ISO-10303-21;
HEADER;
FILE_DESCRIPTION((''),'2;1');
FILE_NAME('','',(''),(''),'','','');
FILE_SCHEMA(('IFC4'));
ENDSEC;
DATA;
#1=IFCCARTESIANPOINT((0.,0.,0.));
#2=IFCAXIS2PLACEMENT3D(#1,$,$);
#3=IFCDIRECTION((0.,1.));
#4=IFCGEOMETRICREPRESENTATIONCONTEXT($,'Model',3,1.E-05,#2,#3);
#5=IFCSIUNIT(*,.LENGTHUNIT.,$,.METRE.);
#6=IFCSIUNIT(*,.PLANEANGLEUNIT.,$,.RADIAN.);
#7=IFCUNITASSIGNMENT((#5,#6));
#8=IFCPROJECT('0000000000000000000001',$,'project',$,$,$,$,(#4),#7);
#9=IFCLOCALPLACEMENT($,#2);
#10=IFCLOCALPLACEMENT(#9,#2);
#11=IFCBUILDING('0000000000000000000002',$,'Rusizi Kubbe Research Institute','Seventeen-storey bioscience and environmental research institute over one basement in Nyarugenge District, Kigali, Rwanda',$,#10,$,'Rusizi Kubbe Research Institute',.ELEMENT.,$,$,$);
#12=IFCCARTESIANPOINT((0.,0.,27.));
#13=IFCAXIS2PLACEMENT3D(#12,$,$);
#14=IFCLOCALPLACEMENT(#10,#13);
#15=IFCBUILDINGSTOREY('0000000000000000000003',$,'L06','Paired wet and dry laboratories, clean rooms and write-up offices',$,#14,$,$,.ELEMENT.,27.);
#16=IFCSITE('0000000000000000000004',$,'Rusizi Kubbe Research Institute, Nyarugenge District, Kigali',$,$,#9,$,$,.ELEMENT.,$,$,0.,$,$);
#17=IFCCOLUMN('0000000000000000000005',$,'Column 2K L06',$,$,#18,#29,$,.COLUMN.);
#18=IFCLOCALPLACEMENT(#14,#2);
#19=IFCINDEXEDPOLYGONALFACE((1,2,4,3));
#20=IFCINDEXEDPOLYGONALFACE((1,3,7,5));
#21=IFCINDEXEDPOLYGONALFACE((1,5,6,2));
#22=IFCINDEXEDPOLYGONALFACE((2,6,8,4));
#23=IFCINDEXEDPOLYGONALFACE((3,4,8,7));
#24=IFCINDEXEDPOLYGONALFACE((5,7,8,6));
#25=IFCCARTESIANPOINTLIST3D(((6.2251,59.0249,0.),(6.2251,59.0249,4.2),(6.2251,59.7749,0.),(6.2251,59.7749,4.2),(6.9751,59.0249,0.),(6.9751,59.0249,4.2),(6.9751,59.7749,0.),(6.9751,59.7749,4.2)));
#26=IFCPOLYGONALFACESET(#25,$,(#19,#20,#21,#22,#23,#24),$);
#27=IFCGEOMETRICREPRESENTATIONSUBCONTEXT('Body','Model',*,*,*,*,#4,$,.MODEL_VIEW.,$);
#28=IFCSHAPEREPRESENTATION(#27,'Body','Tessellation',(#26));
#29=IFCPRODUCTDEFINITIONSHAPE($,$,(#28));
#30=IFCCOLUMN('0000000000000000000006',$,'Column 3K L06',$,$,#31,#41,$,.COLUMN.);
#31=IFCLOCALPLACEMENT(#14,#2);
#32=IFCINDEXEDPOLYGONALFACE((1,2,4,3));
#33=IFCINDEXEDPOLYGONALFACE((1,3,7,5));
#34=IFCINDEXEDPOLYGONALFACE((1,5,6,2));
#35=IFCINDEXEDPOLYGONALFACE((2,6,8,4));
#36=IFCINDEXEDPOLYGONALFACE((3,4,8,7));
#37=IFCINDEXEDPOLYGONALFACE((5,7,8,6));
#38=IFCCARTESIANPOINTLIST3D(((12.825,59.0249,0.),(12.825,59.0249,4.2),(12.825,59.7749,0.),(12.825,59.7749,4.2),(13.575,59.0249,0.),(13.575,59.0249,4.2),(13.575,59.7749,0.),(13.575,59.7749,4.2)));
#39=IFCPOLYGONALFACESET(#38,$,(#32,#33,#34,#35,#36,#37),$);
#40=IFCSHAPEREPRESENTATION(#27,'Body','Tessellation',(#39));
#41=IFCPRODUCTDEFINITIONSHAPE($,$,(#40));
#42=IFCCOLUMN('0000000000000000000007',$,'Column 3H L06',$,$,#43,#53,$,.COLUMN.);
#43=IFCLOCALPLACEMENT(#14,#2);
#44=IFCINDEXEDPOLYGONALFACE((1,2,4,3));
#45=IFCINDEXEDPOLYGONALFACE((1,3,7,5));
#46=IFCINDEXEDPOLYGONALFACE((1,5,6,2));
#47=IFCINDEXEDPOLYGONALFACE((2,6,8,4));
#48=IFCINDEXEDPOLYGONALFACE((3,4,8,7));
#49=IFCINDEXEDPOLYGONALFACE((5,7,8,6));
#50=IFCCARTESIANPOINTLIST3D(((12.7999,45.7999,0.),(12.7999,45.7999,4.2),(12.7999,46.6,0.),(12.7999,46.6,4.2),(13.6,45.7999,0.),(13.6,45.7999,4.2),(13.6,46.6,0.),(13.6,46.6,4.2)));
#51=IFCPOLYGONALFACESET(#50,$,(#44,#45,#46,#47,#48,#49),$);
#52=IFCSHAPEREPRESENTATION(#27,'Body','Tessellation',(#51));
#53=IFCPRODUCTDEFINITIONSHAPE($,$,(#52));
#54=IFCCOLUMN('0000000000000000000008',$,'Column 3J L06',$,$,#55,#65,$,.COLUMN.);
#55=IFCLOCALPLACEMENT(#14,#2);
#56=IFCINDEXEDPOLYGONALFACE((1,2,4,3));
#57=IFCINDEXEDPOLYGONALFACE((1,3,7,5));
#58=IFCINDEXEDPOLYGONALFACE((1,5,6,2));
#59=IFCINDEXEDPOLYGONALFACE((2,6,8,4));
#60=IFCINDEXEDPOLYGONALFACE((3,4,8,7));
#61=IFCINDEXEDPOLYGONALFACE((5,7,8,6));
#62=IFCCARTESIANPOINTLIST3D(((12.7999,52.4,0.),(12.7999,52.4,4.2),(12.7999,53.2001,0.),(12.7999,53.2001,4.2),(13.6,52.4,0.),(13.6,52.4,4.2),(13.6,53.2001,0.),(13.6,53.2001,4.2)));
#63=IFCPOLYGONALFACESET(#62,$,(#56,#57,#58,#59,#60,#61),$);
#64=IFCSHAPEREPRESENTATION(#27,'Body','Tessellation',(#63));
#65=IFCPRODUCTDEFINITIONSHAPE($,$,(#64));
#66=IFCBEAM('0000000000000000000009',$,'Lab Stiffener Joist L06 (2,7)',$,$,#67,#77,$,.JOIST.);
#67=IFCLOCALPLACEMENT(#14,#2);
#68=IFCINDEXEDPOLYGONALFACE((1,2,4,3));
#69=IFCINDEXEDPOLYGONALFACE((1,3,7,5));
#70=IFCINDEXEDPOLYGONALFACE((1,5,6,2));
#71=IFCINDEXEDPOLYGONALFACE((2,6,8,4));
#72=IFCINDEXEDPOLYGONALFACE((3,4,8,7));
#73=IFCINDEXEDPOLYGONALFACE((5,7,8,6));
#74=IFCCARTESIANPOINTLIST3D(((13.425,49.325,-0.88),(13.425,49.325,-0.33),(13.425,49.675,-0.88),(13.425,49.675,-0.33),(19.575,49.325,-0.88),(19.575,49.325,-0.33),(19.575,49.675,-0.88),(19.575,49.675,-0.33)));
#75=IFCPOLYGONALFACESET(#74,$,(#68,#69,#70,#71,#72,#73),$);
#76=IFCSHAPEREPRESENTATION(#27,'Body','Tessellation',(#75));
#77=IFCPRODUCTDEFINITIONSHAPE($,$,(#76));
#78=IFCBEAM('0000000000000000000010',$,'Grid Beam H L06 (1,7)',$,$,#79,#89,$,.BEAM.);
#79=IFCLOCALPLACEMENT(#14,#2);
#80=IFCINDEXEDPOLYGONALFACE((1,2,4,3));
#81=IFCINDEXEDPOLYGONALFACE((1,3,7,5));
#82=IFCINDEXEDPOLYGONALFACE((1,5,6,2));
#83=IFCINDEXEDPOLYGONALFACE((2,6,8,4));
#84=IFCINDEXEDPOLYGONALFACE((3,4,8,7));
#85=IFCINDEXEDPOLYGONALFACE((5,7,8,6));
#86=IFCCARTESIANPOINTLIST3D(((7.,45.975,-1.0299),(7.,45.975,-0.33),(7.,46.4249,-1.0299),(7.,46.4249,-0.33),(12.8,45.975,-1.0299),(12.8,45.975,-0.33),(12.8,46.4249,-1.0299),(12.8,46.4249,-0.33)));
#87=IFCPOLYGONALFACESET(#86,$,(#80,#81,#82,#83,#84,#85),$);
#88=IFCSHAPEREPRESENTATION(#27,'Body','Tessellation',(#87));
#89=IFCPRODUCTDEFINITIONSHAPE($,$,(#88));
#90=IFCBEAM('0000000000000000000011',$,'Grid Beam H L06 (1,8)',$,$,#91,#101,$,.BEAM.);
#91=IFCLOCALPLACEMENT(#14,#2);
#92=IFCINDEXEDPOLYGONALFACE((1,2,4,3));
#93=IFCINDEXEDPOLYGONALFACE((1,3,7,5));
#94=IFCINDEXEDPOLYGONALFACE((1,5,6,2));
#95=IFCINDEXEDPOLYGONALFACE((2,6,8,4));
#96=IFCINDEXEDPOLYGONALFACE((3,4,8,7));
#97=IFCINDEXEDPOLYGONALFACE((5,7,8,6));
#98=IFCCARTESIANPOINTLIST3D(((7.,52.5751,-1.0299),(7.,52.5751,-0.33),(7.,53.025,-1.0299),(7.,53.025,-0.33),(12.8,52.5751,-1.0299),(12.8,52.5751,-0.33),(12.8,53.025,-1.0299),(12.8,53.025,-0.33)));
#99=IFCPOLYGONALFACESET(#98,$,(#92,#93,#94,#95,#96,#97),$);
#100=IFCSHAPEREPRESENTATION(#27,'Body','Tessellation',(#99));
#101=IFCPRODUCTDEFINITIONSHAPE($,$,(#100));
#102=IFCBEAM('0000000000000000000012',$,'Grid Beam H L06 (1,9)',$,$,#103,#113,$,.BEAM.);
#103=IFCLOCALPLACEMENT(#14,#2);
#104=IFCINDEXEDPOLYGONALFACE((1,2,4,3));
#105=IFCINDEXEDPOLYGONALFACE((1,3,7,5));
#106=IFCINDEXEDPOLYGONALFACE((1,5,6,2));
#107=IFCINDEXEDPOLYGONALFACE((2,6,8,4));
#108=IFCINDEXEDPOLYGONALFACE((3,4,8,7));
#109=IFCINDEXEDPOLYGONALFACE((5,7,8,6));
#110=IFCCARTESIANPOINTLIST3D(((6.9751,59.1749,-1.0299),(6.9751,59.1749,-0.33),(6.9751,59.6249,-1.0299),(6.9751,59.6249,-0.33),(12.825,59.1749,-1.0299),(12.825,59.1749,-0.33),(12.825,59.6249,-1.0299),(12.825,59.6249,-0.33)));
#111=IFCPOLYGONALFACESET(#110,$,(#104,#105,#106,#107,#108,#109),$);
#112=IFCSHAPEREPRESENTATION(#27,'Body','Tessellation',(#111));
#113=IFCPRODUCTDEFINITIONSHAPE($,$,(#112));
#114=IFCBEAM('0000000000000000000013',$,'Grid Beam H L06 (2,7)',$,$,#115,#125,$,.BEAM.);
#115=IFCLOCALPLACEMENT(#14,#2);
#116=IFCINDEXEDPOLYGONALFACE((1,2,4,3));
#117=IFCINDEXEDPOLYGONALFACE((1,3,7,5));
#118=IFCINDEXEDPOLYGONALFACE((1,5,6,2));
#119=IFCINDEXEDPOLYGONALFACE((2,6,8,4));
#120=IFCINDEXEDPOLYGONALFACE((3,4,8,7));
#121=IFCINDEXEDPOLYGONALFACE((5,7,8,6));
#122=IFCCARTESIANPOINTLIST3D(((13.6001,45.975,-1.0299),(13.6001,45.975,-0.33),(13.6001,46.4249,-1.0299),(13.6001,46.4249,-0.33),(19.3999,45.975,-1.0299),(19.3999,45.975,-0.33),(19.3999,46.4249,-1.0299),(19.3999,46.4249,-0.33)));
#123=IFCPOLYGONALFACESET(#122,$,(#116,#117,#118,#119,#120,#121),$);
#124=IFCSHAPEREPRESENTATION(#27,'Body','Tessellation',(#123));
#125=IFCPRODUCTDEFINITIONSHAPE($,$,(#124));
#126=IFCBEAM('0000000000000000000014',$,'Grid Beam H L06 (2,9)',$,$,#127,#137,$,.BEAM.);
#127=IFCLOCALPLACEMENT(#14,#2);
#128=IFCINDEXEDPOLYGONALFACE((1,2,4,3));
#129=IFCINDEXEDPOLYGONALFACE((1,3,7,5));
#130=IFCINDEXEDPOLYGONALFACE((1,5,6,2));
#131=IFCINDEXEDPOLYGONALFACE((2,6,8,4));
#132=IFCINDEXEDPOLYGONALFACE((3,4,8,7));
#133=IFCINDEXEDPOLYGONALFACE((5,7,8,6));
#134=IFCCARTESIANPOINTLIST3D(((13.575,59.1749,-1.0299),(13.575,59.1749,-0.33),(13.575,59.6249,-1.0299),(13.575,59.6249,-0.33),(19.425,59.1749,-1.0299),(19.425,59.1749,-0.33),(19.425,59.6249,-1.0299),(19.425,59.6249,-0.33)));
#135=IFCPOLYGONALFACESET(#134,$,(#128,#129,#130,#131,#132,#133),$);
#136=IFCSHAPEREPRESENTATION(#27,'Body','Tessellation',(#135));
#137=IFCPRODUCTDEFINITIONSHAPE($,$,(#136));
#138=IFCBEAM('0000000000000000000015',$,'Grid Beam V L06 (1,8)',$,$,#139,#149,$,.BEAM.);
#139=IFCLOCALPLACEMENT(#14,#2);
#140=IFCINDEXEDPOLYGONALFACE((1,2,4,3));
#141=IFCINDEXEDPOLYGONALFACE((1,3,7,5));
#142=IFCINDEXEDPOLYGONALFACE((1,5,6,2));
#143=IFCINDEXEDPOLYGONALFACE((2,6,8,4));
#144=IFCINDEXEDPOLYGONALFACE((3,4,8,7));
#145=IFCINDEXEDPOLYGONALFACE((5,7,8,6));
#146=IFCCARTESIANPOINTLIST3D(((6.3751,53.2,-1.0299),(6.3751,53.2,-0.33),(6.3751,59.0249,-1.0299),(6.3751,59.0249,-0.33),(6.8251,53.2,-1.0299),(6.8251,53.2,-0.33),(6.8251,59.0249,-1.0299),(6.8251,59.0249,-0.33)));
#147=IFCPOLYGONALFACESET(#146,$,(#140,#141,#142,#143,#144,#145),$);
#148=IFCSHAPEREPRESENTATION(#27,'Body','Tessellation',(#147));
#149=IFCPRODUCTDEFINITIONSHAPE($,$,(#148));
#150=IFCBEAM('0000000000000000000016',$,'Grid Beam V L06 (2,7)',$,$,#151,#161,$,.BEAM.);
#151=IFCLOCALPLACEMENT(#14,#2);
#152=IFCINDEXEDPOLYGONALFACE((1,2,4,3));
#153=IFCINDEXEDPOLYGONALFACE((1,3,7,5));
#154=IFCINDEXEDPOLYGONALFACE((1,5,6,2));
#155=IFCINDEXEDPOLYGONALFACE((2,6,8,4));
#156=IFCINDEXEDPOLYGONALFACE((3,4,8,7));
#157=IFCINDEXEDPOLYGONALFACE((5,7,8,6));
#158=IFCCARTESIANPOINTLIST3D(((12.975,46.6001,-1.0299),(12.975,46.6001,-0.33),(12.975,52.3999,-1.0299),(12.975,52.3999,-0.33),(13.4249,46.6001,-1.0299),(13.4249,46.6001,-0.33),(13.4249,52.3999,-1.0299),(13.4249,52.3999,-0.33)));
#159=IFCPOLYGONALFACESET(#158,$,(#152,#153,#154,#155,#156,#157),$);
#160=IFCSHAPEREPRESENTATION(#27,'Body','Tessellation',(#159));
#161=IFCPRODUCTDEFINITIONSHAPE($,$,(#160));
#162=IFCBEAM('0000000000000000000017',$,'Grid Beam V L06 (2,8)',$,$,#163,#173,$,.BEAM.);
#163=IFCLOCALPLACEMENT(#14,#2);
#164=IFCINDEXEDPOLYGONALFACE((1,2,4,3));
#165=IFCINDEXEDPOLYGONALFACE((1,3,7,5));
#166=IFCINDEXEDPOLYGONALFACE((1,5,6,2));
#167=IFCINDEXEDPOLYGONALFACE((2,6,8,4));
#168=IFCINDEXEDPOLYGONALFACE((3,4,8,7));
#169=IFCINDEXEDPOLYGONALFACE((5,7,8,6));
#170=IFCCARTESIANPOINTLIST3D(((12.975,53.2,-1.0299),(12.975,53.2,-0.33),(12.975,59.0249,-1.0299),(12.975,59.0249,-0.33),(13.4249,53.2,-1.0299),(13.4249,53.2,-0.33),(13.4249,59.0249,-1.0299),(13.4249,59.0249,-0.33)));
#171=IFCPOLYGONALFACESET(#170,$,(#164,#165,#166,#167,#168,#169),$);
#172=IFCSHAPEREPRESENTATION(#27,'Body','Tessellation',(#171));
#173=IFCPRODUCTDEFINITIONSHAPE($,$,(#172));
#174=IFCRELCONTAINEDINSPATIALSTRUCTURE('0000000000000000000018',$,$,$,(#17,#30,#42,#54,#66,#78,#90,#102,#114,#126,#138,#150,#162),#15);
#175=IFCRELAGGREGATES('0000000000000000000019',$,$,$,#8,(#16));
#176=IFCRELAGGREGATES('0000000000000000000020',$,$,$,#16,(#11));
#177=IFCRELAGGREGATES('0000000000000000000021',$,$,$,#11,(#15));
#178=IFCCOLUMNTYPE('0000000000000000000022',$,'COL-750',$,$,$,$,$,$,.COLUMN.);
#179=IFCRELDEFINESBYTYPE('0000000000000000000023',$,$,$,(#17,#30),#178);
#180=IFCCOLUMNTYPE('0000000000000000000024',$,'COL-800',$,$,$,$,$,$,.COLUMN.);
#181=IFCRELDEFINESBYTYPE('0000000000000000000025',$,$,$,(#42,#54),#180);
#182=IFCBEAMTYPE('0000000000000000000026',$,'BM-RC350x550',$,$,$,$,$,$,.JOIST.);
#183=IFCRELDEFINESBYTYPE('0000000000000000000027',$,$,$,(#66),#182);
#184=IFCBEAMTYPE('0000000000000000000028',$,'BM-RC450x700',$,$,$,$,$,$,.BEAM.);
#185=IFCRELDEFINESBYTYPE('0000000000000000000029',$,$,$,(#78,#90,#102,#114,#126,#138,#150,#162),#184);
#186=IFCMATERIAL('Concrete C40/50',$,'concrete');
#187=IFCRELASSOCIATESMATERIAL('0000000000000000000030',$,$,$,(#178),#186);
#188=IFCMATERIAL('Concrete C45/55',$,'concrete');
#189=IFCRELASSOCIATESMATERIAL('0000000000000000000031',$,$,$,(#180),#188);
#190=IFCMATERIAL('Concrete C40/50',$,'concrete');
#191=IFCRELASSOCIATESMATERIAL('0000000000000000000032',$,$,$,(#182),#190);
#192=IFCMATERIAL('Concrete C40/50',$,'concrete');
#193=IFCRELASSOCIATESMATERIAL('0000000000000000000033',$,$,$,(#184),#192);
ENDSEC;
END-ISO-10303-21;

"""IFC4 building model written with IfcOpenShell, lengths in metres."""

from ifc_helpers import new_model, si_unit, direction, frame, origin, origin_2d, place, context, subcontext, project, spatial, rectangle, extrude, material, material_profile, profile_set, type_object, element, save


model = new_model("IFC4")

# Units and contexts
model_context = context("Model", 3, precision=1e-05, world=origin(), true_north=direction((0.0, 1.0)))
body_context = subcontext(model_context, "Body", "Model", "MODEL_VIEW")
ifc_project = project(units=[si_unit("LENGTHUNIT", "METRE"), si_unit("PLANEANGLEUNIT", "RADIAN")], contexts=[model_context])

# Site, building, storey
site_placement = place(None, origin())
site = spatial("IfcSite", under=ifc_project, at=site_placement, Name="Rusizi Kubbe Research Institute, Nyarugenge District, Kigali", CompositionType="ELEMENT", RefElevation=0.0)
building_placement = place(site_placement, origin())
building = spatial("IfcBuilding", under=site, at=building_placement, Name="Rusizi Kubbe Research Institute", Description="Seventeen-storey bioscience and environmental research institute over one basement in Nyarugenge District, Kigali, Rwanda", LongName="Rusizi Kubbe Research Institute", CompositionType="ELEMENT")
storey_placement = place(building_placement, frame((0.0, 0.0, 27.0)))
storey = spatial("IfcBuildingStorey", under=building, at=storey_placement, Name="L06", Description="Paired wet and dry laboratories, clean rooms and write-up offices", CompositionType="ELEMENT", Elevation=27.0)

# Columns
ifc_material_1 = material(Name="Concrete C40/50", Category="concrete")
ifc_material_profile_1 = material_profile(ifc_material_1, rectangle(XDim=0.75, YDim=0.75, at=origin_2d()), Name="RC750x750")
ifc_profile_set_1 = profile_set([ifc_material_profile_1], Name="Concrete C40/50")
column_type_1 = type_object("IfcColumnType", Name="COL-750", PredefinedType="COLUMN", material=ifc_profile_set_1)
for number, where, z_axis, x_axis, name in (
    (1, (6.6001, 59.3999, 0.0), (0.0, 0.0, 1.0), (1.0, 0.0, 0.0), "Column 2K L06"),
    (2, (13.2, 59.3999, 0.0), (0.0, 0.0, 1.0), (1.0, 0.0, 0.0), "Column 3K L06"),
):
    element("IfcColumn", number, at=place(storey_placement, frame(where, z_axis=z_axis, x_axis=x_axis)), inside=storey, type_object=column_type_1, Name=name, PredefinedType="COLUMN", context=body_context, shape_type="SweptSolid", body=[
        extrude(rectangle(XDim=0.75, YDim=0.75, at=origin_2d()), origin(), (0.0, 0.0, 1.0), 4.2),
    ])
ifc_material_2 = material(Name="Concrete C45/55", Category="concrete")
ifc_material_profile_2 = material_profile(ifc_material_2, rectangle(XDim=0.8, YDim=0.8, at=origin_2d()), Name="RC800x800")
ifc_profile_set_2 = profile_set([ifc_material_profile_2], Name="Concrete C45/55")
column_type_2 = type_object("IfcColumnType", Name="COL-800", PredefinedType="COLUMN", material=ifc_profile_set_2)
for number, where, z_axis, x_axis, name in (
    (3, (13.2, 46.2, 0.0), (0.0, 0.0, 1.0), (1.0, 0.0, 0.0), "Column 3H L06"),
    (4, (13.2, 52.8, 0.0), (0.0, 0.0, 1.0), (1.0, 0.0, 0.0), "Column 3J L06"),
):
    element("IfcColumn", number, at=place(storey_placement, frame(where, z_axis=z_axis, x_axis=x_axis)), inside=storey, type_object=column_type_2, Name=name, PredefinedType="COLUMN", context=body_context, shape_type="SweptSolid", body=[
        extrude(rectangle(XDim=0.8, YDim=0.8, at=origin_2d()), origin(), (0.0, 0.0, 1.0), 4.2),
    ])

# Beams
ifc_material_3 = material(Name="Concrete C40/50", Category="concrete")
ifc_material_profile_3 = material_profile(ifc_material_3, rectangle(XDim=0.3501, YDim=0.55, at=origin_2d()), Name="RC350x550")
ifc_profile_set_3 = profile_set([ifc_material_profile_3], Name="Concrete C40/50")
beam_type_1 = type_object("IfcBeamType", Name="BM-RC350x550", PredefinedType="JOIST", material=ifc_profile_set_3)
beam_1_placement = place(storey_placement, frame((13.425, 49.5, -0.605), z_axis=(1.0, 0.0, 0.0), x_axis=(0.0, 1.0, 0.0)))
element("IfcBeam", 5, at=beam_1_placement, inside=storey, type_object=beam_type_1, Name="Lab Stiffener Joist L06 (2,7)", PredefinedType="JOIST", context=body_context, shape_type="SweptSolid", body=[
    extrude(rectangle(XDim=0.3501, YDim=0.55, at=origin_2d()), origin(), (0.0, 0.0, 1.0), 6.1499),
])
ifc_material_4 = material(Name="Concrete C40/50", Category="concrete")
ifc_material_profile_4 = material_profile(ifc_material_4, rectangle(XDim=0.45, YDim=0.7, at=origin_2d()), Name="RC450x700B")
ifc_profile_set_4 = profile_set([ifc_material_profile_4], Name="Concrete C40/50")
beam_type_2 = type_object("IfcBeamType", Name="BM-RC450x700", PredefinedType="BEAM", material=ifc_profile_set_4)
for number, where, z_axis, x_axis, name in (
    (6, (7.0, 46.2, -0.6799), (1.0, 0.0, 0.0), (0.0, 1.0, 0.0), "Grid Beam H L06 (1,7)"),
    (7, (7.0, 52.8, -0.6799), (1.0, 0.0, 0.0), (0.0, 1.0, 0.0), "Grid Beam H L06 (1,8)"),
):
    element("IfcBeam", number, at=place(storey_placement, frame(where, z_axis=z_axis, x_axis=x_axis)), inside=storey, type_object=beam_type_2, Name=name, PredefinedType="BEAM", context=body_context, shape_type="SweptSolid", body=[
        extrude(rectangle(XDim=0.45, YDim=0.7, at=origin_2d()), origin(), (0.0, 0.0, 1.0), 5.8),
    ])
beam_2_placement = place(storey_placement, frame((6.9751, 59.3999, -0.6799), z_axis=(1.0, 0.0, 0.0), x_axis=(0.0, 1.0, 0.0)))
element("IfcBeam", 8, at=beam_2_placement, inside=storey, type_object=beam_type_2, Name="Grid Beam H L06 (1,9)", PredefinedType="BEAM", context=body_context, shape_type="SweptSolid", body=[
    extrude(rectangle(XDim=0.45, YDim=0.7, at=origin_2d()), origin(), (0.0, 0.0, 1.0), 5.8499),
])
beam_3_placement = place(storey_placement, frame((13.6001, 46.2, -0.6799), z_axis=(1.0, 0.0, 0.0), x_axis=(0.0, 1.0, 0.0)))
element("IfcBeam", 9, at=beam_3_placement, inside=storey, type_object=beam_type_2, Name="Grid Beam H L06 (2,7)", PredefinedType="BEAM", context=body_context, shape_type="SweptSolid", body=[
    extrude(rectangle(XDim=0.45, YDim=0.7, at=origin_2d()), origin(), (0.0, 0.0, 1.0), 5.7998),
])
beam_4_placement = place(storey_placement, frame((13.575, 59.3999, -0.6799), z_axis=(1.0, 0.0, 0.0), x_axis=(0.0, 1.0, 0.0)))
element("IfcBeam", 10, at=beam_4_placement, inside=storey, type_object=beam_type_2, Name="Grid Beam H L06 (2,9)", PredefinedType="BEAM", context=body_context, shape_type="SweptSolid", body=[
    extrude(rectangle(XDim=0.45, YDim=0.7, at=origin_2d()), origin(), (0.0, 0.0, 1.0), 5.8501),
])
beam_5_placement = place(storey_placement, frame((6.6001, 53.2, -0.6799), z_axis=(0.0, 1.0, 0.0), x_axis=(-1.0, 0.0, 0.0)))
element("IfcBeam", 11, at=beam_5_placement, inside=storey, type_object=beam_type_2, Name="Grid Beam V L06 (1,8)", PredefinedType="BEAM", context=body_context, shape_type="SweptSolid", body=[
    extrude(rectangle(XDim=0.45, YDim=0.7, at=origin_2d()), origin(), (0.0, 0.0, 1.0), 5.825),
])
beam_6_placement = place(storey_placement, frame((13.2, 46.6001, -0.6799), z_axis=(0.0, 1.0, 0.0), x_axis=(-1.0, 0.0, 0.0)))
element("IfcBeam", 12, at=beam_6_placement, inside=storey, type_object=beam_type_2, Name="Grid Beam V L06 (2,7)", PredefinedType="BEAM", context=body_context, shape_type="SweptSolid", body=[
    extrude(rectangle(XDim=0.45, YDim=0.7, at=origin_2d()), origin(), (0.0, 0.0, 1.0), 5.7998),
])
beam_7_placement = place(storey_placement, frame((13.2, 53.2, -0.6799), z_axis=(0.0, 1.0, 0.0), x_axis=(-1.0, 0.0, 0.0)))
element("IfcBeam", 13, at=beam_7_placement, inside=storey, type_object=beam_type_2, Name="Grid Beam V L06 (2,8)", PredefinedType="BEAM", context=body_context, shape_type="SweptSolid", body=[
    extrude(rectangle(XDim=0.45, YDim=0.7, at=origin_2d()), origin(), (0.0, 0.0, 1.0), 5.825),
])

save(model, "model.ifc")
